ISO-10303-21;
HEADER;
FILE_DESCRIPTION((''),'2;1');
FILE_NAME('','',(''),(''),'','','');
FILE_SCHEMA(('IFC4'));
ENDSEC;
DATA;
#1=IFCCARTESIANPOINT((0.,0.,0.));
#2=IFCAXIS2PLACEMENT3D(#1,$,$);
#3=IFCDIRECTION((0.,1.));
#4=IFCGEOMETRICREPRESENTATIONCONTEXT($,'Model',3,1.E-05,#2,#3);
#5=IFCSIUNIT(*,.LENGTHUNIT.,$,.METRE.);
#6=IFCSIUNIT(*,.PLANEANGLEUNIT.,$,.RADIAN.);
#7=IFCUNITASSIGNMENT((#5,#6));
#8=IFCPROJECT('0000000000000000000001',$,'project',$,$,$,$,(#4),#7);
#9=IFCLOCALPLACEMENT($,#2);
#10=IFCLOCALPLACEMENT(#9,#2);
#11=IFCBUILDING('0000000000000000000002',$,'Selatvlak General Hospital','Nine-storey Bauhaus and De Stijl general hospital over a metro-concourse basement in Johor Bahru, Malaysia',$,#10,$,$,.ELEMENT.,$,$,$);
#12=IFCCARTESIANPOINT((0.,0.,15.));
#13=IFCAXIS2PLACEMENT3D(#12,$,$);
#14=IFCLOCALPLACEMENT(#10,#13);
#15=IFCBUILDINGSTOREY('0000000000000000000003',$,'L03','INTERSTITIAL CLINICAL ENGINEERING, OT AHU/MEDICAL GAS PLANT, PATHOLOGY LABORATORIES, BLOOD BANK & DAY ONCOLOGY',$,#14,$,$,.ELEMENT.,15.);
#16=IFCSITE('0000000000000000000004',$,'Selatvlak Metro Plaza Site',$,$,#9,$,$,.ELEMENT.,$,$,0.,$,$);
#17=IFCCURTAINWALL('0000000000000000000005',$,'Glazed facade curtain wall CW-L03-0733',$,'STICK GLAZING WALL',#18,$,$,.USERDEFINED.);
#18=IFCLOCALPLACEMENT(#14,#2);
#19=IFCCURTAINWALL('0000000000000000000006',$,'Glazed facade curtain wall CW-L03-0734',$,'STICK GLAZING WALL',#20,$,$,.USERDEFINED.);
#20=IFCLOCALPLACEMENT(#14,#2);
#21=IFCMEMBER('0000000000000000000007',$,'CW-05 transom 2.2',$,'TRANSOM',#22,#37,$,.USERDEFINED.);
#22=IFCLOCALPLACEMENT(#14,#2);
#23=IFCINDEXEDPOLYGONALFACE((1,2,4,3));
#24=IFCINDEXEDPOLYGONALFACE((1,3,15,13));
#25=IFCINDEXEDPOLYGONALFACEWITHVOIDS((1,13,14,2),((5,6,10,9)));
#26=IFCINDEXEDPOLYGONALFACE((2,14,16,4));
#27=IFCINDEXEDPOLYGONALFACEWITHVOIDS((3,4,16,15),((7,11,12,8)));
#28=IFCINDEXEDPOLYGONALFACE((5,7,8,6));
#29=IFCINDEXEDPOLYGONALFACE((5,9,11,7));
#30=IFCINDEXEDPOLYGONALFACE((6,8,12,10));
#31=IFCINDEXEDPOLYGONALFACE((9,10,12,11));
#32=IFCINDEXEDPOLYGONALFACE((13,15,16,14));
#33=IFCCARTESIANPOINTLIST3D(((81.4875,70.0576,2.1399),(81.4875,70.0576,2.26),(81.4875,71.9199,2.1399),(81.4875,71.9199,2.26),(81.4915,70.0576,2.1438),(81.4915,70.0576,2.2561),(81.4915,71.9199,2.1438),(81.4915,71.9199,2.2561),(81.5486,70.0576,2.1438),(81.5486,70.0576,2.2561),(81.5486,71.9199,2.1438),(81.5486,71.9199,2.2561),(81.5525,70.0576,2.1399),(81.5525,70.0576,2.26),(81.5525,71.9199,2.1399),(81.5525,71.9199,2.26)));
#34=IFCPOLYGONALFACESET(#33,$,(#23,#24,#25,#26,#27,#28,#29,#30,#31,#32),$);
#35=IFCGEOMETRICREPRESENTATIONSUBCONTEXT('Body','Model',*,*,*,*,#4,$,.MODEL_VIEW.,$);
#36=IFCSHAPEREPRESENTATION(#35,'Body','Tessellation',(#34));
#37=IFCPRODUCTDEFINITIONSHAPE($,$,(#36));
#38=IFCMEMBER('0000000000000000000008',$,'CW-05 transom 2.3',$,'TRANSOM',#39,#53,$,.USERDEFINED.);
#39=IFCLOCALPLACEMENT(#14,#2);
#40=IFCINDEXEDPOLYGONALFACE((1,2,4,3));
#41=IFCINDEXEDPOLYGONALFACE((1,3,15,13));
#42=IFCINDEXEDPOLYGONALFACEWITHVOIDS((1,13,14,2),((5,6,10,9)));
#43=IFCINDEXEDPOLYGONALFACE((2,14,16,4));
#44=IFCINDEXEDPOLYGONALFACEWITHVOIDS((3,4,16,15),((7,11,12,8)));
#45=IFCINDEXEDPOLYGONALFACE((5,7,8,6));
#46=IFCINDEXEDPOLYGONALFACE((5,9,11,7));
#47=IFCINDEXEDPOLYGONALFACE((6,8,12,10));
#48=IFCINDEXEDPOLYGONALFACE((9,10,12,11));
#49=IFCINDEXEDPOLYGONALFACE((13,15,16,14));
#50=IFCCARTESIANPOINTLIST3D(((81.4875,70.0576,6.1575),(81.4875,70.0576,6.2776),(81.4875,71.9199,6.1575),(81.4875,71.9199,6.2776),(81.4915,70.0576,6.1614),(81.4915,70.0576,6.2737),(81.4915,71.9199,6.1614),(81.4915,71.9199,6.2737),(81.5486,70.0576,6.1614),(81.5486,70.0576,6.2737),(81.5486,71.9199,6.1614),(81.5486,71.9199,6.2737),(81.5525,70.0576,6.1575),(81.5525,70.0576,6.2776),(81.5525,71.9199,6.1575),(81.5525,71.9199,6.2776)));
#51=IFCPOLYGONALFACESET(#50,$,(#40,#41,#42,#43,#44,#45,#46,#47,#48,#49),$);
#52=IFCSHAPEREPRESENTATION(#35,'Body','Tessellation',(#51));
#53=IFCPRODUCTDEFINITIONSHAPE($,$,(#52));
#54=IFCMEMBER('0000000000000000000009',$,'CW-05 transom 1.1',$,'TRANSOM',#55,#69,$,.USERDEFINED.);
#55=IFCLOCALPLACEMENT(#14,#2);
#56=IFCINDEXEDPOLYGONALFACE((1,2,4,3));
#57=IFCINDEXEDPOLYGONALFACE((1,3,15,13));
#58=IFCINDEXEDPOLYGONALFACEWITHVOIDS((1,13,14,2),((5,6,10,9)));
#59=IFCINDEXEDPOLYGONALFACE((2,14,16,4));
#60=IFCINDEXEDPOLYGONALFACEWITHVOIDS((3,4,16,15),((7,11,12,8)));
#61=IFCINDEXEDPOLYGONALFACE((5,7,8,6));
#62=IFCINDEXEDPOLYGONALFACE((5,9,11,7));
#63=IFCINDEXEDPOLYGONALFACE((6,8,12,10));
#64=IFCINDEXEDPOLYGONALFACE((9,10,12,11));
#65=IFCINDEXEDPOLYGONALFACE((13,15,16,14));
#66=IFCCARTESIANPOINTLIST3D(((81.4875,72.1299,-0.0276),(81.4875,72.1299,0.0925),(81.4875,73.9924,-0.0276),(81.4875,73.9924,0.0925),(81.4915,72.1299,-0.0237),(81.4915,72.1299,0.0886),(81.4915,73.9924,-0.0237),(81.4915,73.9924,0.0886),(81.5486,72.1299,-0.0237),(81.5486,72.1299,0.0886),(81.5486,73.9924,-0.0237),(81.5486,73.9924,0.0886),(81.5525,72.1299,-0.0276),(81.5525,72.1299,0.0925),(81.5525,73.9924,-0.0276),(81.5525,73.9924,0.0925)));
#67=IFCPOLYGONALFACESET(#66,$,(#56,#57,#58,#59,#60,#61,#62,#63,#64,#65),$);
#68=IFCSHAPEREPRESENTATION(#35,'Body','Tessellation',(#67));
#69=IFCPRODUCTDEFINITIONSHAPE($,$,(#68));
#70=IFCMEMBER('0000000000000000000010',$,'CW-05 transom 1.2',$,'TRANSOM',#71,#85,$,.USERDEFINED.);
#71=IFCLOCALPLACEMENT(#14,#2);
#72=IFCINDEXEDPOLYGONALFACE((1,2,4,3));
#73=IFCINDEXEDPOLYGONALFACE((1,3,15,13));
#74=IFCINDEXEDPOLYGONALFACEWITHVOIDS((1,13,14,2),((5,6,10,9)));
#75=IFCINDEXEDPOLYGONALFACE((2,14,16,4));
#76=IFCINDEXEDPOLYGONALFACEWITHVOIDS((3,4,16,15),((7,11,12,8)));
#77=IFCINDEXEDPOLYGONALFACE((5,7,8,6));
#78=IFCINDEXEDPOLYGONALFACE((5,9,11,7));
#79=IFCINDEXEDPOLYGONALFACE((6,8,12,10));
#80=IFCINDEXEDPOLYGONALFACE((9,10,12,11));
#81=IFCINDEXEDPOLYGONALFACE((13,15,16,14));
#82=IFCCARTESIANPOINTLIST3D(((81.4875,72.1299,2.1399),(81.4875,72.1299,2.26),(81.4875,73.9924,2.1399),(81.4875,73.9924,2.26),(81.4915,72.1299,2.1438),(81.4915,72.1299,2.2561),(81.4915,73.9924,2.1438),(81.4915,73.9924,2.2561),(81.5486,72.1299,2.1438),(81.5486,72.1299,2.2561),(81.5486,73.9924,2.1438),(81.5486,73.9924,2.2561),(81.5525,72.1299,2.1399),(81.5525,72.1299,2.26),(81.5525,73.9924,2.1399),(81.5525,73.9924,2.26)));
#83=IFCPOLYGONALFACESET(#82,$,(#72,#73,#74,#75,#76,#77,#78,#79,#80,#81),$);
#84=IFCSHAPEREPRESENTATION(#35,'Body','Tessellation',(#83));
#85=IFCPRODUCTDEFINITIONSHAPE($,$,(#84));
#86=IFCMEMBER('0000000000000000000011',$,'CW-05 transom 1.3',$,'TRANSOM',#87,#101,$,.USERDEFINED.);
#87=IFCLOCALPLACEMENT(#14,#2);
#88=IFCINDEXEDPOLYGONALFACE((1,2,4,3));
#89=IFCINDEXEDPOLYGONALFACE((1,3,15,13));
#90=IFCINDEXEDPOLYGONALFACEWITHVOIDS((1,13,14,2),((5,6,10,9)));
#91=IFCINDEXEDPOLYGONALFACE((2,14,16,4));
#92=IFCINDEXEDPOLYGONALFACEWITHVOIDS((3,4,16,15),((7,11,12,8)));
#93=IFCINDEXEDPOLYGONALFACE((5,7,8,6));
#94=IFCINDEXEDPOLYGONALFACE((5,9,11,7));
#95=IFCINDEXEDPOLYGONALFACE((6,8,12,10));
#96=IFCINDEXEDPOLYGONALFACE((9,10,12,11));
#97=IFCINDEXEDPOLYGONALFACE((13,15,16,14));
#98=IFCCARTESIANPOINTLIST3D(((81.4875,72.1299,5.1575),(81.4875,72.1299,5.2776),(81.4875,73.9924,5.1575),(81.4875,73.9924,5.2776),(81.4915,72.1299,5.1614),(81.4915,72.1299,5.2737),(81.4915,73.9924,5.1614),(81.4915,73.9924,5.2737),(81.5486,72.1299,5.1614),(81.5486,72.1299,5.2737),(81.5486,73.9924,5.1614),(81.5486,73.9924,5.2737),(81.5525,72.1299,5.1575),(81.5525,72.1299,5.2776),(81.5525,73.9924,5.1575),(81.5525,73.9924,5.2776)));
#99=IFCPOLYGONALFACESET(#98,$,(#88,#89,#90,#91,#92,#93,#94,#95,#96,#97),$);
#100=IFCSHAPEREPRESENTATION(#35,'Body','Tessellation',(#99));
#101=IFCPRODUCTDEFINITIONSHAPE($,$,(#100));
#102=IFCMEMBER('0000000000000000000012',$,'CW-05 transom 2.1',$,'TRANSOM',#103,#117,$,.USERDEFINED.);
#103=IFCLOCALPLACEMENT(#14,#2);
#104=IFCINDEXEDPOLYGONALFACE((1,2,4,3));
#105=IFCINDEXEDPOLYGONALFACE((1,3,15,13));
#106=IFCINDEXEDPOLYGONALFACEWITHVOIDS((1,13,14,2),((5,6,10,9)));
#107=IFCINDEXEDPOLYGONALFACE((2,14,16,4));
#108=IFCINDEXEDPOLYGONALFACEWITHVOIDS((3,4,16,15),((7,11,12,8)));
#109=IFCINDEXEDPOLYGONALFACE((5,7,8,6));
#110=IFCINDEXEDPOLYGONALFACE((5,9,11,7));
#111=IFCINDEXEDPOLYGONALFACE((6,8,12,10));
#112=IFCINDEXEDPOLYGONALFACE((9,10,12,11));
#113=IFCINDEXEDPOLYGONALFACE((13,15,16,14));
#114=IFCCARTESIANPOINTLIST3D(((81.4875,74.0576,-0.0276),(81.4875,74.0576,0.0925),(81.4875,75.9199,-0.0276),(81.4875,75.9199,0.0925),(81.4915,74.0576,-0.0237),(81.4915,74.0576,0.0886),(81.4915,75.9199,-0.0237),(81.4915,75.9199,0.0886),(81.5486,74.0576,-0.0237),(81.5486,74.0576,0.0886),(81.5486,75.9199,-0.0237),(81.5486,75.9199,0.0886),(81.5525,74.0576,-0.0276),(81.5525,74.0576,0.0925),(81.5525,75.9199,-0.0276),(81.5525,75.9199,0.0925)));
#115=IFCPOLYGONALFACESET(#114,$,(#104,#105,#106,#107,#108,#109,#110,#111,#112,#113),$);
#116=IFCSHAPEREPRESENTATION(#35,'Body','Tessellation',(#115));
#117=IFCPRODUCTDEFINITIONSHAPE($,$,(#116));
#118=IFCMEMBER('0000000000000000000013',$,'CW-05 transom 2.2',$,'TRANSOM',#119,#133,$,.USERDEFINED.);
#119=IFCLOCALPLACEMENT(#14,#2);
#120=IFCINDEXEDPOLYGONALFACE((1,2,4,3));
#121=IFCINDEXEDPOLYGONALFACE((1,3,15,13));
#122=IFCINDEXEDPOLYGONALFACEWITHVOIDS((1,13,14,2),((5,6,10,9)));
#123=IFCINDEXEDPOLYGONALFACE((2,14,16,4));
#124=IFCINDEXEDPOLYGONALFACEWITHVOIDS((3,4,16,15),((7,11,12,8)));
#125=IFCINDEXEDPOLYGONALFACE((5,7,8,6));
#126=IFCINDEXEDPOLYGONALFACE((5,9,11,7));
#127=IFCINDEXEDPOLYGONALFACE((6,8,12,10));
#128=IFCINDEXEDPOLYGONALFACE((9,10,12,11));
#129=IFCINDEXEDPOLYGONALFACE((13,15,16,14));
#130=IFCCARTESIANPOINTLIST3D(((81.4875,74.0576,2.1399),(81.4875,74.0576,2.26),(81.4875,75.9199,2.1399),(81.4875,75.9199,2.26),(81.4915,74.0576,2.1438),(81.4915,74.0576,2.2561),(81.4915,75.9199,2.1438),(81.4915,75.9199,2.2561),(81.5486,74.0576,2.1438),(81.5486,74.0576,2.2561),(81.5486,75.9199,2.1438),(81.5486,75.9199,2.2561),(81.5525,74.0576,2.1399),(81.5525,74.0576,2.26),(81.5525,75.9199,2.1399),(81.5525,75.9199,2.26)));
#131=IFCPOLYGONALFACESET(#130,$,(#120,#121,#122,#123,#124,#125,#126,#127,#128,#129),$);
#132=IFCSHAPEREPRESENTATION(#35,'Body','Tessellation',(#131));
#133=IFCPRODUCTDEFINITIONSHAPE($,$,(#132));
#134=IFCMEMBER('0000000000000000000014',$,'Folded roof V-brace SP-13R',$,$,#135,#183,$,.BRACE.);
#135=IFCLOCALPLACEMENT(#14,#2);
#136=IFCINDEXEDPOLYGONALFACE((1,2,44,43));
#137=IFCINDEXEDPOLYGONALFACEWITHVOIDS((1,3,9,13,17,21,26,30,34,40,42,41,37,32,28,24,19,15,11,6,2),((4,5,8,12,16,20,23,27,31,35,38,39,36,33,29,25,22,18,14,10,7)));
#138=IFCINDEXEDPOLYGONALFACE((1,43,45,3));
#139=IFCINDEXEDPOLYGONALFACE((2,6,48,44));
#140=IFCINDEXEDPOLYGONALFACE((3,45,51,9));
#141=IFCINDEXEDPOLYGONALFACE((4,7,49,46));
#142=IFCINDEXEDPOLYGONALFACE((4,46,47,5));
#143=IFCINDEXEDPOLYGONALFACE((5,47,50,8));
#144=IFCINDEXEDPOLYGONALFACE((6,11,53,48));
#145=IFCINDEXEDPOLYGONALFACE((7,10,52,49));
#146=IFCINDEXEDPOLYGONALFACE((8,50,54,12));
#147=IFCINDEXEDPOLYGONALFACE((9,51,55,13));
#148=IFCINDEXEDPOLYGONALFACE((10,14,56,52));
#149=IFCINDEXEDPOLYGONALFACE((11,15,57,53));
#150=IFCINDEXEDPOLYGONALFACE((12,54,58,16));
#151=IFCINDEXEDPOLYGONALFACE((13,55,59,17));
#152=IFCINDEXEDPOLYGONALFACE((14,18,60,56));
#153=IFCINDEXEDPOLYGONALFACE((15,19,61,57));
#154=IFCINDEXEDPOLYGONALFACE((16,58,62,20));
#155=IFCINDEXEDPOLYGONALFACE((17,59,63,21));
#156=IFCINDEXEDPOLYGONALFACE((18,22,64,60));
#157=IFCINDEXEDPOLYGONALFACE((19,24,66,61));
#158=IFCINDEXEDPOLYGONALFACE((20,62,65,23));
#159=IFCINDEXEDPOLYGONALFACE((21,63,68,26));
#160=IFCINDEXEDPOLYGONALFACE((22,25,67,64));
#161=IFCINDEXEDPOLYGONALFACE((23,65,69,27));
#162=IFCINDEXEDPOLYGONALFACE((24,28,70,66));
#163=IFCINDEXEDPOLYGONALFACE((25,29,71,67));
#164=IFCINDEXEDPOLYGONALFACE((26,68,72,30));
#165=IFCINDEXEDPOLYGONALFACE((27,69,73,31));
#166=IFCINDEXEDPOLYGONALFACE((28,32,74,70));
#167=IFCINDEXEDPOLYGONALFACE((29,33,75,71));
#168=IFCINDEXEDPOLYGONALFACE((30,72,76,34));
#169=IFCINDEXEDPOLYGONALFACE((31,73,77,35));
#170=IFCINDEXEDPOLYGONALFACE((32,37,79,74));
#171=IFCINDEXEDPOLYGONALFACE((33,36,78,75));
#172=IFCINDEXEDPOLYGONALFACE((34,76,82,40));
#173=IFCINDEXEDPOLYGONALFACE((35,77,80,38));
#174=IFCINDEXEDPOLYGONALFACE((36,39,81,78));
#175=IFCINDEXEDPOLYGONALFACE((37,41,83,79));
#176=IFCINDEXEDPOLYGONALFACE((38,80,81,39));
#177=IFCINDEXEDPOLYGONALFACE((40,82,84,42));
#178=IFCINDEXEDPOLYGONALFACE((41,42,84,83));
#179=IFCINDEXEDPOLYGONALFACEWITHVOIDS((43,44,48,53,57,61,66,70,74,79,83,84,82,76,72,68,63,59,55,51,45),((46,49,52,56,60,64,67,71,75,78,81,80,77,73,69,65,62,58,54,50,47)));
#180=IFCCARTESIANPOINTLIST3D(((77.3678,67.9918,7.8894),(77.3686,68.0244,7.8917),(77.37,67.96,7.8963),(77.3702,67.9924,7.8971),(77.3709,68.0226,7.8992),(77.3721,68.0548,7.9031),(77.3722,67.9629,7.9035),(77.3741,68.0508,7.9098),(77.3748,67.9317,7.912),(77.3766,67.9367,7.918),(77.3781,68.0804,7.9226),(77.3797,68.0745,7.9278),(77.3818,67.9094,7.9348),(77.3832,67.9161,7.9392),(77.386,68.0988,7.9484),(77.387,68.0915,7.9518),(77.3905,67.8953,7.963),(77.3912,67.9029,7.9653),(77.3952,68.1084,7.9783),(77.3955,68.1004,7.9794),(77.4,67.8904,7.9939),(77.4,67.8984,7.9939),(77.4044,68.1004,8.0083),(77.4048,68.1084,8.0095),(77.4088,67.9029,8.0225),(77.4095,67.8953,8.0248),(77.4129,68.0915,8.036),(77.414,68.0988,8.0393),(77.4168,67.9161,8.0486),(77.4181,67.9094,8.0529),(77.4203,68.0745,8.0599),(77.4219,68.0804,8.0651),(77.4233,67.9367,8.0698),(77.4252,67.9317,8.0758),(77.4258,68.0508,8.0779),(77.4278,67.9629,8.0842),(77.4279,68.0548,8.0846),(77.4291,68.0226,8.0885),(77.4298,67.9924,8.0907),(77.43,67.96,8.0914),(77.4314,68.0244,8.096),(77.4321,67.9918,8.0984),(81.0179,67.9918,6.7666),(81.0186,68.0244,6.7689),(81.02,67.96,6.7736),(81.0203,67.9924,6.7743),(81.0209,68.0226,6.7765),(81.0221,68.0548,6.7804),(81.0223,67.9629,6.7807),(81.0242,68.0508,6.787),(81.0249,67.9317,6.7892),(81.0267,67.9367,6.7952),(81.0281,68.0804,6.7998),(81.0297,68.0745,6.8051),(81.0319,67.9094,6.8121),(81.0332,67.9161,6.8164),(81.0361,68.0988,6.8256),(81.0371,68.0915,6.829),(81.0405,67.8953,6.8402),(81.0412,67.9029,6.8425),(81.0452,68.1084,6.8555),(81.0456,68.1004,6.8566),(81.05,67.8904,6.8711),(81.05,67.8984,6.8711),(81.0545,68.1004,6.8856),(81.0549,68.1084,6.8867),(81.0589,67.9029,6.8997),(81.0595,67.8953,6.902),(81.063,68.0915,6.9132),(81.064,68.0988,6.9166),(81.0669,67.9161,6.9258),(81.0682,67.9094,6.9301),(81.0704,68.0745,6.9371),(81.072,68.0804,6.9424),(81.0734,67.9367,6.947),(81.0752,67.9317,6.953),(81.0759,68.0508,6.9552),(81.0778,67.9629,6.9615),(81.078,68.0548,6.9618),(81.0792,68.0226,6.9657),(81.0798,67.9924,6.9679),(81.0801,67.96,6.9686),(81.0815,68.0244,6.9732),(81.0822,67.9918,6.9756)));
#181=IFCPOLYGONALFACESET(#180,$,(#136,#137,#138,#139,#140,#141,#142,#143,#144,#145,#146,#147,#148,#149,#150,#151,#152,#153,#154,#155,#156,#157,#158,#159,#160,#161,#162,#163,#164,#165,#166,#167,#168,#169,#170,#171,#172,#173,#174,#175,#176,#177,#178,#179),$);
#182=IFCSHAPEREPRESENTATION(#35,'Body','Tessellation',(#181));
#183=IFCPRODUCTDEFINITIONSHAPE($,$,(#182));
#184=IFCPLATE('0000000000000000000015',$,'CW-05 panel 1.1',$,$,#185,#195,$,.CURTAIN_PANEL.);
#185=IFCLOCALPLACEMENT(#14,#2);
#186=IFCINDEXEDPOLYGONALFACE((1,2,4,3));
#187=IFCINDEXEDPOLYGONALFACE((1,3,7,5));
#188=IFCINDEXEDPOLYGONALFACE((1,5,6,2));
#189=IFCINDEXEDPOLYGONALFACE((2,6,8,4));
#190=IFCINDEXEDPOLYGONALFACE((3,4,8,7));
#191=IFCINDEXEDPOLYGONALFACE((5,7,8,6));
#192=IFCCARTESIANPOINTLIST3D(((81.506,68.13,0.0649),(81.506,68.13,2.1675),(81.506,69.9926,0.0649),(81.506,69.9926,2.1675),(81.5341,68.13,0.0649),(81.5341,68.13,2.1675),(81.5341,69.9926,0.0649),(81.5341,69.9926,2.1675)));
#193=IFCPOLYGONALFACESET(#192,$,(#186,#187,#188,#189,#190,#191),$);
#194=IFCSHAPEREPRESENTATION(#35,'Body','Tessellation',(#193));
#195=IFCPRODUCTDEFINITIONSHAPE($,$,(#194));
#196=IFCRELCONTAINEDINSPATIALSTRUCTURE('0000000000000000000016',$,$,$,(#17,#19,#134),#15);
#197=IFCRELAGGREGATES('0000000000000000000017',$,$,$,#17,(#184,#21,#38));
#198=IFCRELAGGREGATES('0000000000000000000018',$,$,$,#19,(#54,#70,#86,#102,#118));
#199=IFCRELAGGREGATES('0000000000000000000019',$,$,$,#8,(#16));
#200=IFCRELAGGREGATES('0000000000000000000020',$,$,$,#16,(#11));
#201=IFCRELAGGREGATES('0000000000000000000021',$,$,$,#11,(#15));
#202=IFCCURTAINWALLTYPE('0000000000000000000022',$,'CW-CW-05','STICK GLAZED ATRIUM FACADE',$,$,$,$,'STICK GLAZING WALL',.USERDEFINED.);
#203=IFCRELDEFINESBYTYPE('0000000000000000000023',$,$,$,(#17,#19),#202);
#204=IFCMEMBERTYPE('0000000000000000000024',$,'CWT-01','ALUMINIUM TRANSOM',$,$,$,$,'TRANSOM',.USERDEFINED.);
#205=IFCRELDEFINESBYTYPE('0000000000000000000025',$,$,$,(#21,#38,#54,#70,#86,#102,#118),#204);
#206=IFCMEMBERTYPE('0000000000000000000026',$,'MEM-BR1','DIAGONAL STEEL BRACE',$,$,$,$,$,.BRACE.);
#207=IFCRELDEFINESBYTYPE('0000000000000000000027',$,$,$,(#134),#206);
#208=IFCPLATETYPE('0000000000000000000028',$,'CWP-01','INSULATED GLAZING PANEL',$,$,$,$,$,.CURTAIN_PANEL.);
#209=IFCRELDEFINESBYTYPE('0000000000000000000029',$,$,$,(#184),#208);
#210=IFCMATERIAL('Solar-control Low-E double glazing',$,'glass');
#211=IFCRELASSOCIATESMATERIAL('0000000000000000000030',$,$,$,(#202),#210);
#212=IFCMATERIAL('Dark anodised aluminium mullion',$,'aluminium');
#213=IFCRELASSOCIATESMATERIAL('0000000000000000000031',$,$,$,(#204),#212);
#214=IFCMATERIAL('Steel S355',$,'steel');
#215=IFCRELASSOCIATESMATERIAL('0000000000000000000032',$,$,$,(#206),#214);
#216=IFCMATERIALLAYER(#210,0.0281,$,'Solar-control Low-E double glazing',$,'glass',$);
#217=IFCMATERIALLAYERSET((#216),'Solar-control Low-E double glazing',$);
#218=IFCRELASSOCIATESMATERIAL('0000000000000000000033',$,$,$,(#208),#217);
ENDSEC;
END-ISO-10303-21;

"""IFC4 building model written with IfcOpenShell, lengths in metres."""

from ifc_helpers import new_model, si_unit, direction, frame, origin, origin_2d, place, context, subcontext, project, spatial, rectangle, hollow_rectangle, hollow_circle, extrude, material, layer, layer_set, material_profile, profile_set, type_object, element, aggregate, save


model = new_model("IFC4")

# Units and contexts
model_context = context("Model", 3, precision=1e-05, world=origin(), true_north=direction((0.0, 1.0)))
body_context = subcontext(model_context, "Body", "Model", "MODEL_VIEW")
ifc_project = project(units=[si_unit("LENGTHUNIT", "METRE"), si_unit("PLANEANGLEUNIT", "RADIAN")], contexts=[model_context])

# Site, building, storey
site_placement = place(None, origin())
site = spatial("IfcSite", under=ifc_project, at=site_placement, Name="Selatvlak Metro Plaza Site", CompositionType="ELEMENT", RefElevation=0.0)
building_placement = place(site_placement, origin())
building = spatial("IfcBuilding", under=site, at=building_placement, Name="Selatvlak General Hospital", Description="Nine-storey Bauhaus and De Stijl general hospital over a metro-concourse basement in Johor Bahru, Malaysia", CompositionType="ELEMENT")
storey_placement = place(building_placement, frame((0.0, 0.0, 15.0)))
storey = spatial("IfcBuildingStorey", under=building, at=storey_placement, Name="L03", Description="INTERSTITIAL CLINICAL ENGINEERING, OT AHU/MEDICAL GAS PLANT, PATHOLOGY LABORATORIES, BLOOD BANK & DAY ONCOLOGY", CompositionType="ELEMENT", Elevation=15.0)

# Shared definitions
ifc_material_1 = material(Name="Steel S355", Category="steel")

# Curtain walls
ifc_material_2 = material(Name="Solar-control Low-E double glazing", Category="glass")
curtain_wall_type = type_object("IfcCurtainWallType", Name="CW-CW-05", Description="STICK GLAZED ATRIUM FACADE", ElementType="STICK GLAZING WALL", PredefinedType="USERDEFINED", material=ifc_material_2)
curtain_wall_1_placement = place(storey_placement, origin())
curtain_wall_1 = element("IfcCurtainWall", 1, at=curtain_wall_1_placement, inside=storey, type_object=curtain_wall_type, Name="Glazed facade curtain wall CW-L03-0733", ObjectType="STICK GLAZING WALL", PredefinedType="USERDEFINED")
ifc_material_3 = material(Name="Dark anodised aluminium mullion", Category="aluminium")
curtain_wall_2_placement = place(storey_placement, origin())
curtain_wall_2 = element("IfcCurtainWall", 2, at=curtain_wall_2_placement, inside=storey, type_object=curtain_wall_type, Name="Glazed facade curtain wall CW-L03-0734", ObjectType="STICK GLAZING WALL", PredefinedType="USERDEFINED")

# Members
ifc_material_profile_1 = material_profile(ifc_material_3, hollow_rectangle(XDim=0.0649, YDim=0.1201, WallThickness=0.0039, at=origin_2d()), Name="AL-TRN 65x120x4")
ifc_profile_set_1 = profile_set([ifc_material_profile_1], Name="Dark anodised aluminium mullion")
member_type_1 = type_object("IfcMemberType", Name="CWT-01", Description="ALUMINIUM TRANSOM", ElementType="TRANSOM", PredefinedType="USERDEFINED", material=ifc_profile_set_1)
member_1_placement = place(storey_placement, frame((81.52, 70.0576, 2.2), z_axis=(0.0, 1.0, 0.0), x_axis=(-1.0, 0.0, 0.0)))
member_1 = element("IfcMember", 3, at=member_1_placement, type_object=member_type_1, Name="CW-05 transom 2.2", ObjectType="TRANSOM", PredefinedType="USERDEFINED", context=body_context, shape_type="SweptSolid", body=[
    extrude(hollow_rectangle(XDim=0.0649, YDim=0.1201, WallThickness=0.0039, at=origin_2d()), origin(), (0.0, 0.0, 1.0), 1.8623),
])
member_2_placement = place(storey_placement, frame((81.52, 70.0576, 6.2175), z_axis=(0.0, 1.0, 0.0), x_axis=(-1.0, 0.0, 0.0)))
member_2 = element("IfcMember", 4, at=member_2_placement, type_object=member_type_1, Name="CW-05 transom 2.3", ObjectType="TRANSOM", PredefinedType="USERDEFINED", context=body_context, shape_type="SweptSolid", body=[
    extrude(hollow_rectangle(XDim=0.0649, YDim=0.1201, WallThickness=0.0039, at=origin_2d()), origin(), (0.0, 0.0, 1.0), 1.8623),
])
member_3_placement = place(storey_placement, frame((81.52, 72.1299, 0.0325), z_axis=(0.0, 1.0, 0.0), x_axis=(-1.0, 0.0, 0.0)))
member_3 = element("IfcMember", 5, at=member_3_placement, type_object=member_type_1, Name="CW-05 transom 1.1", ObjectType="TRANSOM", PredefinedType="USERDEFINED", context=body_context, shape_type="SweptSolid", body=[
    extrude(hollow_rectangle(XDim=0.0649, YDim=0.1201, WallThickness=0.0039, at=origin_2d()), origin(), (0.0, 0.0, 1.0), 1.8625),
])
member_4_placement = place(storey_placement, frame((81.52, 72.1299, 2.2), z_axis=(0.0, 1.0, 0.0), x_axis=(-1.0, 0.0, 0.0)))
member_4 = element("IfcMember", 6, at=member_4_placement, type_object=member_type_1, Name="CW-05 transom 1.2", ObjectType="TRANSOM", PredefinedType="USERDEFINED", context=body_context, shape_type="SweptSolid", body=[
    extrude(hollow_rectangle(XDim=0.0649, YDim=0.1201, WallThickness=0.0039, at=origin_2d()), origin(), (0.0, 0.0, 1.0), 1.8625),
])
member_5_placement = place(storey_placement, frame((81.52, 72.1299, 5.2175), z_axis=(0.0, 1.0, 0.0), x_axis=(-1.0, 0.0, 0.0)))
member_5 = element("IfcMember", 7, at=member_5_placement, type_object=member_type_1, Name="CW-05 transom 1.3", ObjectType="TRANSOM", PredefinedType="USERDEFINED", context=body_context, shape_type="SweptSolid", body=[
    extrude(hollow_rectangle(XDim=0.0649, YDim=0.1201, WallThickness=0.0039, at=origin_2d()), origin(), (0.0, 0.0, 1.0), 1.8625),
])
member_6_placement = place(storey_placement, frame((81.52, 74.0576, 0.0325), z_axis=(0.0, 1.0, 0.0), x_axis=(-1.0, 0.0, 0.0)))
member_6 = element("IfcMember", 8, at=member_6_placement, type_object=member_type_1, Name="CW-05 transom 2.1", ObjectType="TRANSOM", PredefinedType="USERDEFINED", context=body_context, shape_type="SweptSolid", body=[
    extrude(hollow_rectangle(XDim=0.0649, YDim=0.1201, WallThickness=0.0039, at=origin_2d()), origin(), (0.0, 0.0, 1.0), 1.8623),
])
member_7_placement = place(storey_placement, frame((81.52, 74.0576, 2.2), z_axis=(0.0, 1.0, 0.0), x_axis=(-1.0, 0.0, 0.0)))
member_7 = element("IfcMember", 9, at=member_7_placement, type_object=member_type_1, Name="CW-05 transom 2.2", ObjectType="TRANSOM", PredefinedType="USERDEFINED", context=body_context, shape_type="SweptSolid", body=[
    extrude(hollow_rectangle(XDim=0.0649, YDim=0.1201, WallThickness=0.0039, at=origin_2d()), origin(), (0.0, 0.0, 1.0), 1.8623),
])
ifc_material_profile_2 = material_profile(ifc_material_1, hollow_circle(Radius=0.1096, WallThickness=0.0081, at=origin_2d()), Name="CHS 219.1x8")
ifc_profile_set_2 = profile_set([ifc_material_profile_2], Name="Steel S355")
member_type_2 = type_object("IfcMemberType", Name="MEM-BR1", Description="DIAGONAL STEEL BRACE", PredefinedType="BRACE", material=ifc_profile_set_2)
member_8_placement = place(storey_placement, frame((81.05, 68.0, 6.8711), z_axis=(-0.955803, 0.0, 0.294009), x_axis=(0.0, -1.0, 0.0)))
element("IfcMember", 10, at=member_8_placement, inside=storey, type_object=member_type_2, Name="Folded roof V-brace SP-13R", PredefinedType="BRACE", context=body_context, shape_type="SweptSolid", body=[
    extrude(hollow_circle(Radius=0.1096, WallThickness=0.0081, at=origin_2d()), origin(), (0.0, 0.0, 1.0), 3.8188),
])

# Plate
ifc_layer_1 = layer(ifc_material_2, 0.0281, Name="Solar-control Low-E double glazing", Category="glass")
ifc_layer_set_1 = layer_set([ifc_layer_1], Name="Solar-control Low-E double glazing")
plate_type_1 = type_object("IfcPlateType", Name="CWP-01", Description="INSULATED GLAZING PANEL", PredefinedType="CURTAIN_PANEL", material=ifc_layer_set_1)
plate_1_placement = place(storey_placement, frame((81.52, 69.0613, 0.0649), z_axis=(0.0, 0.0, 1.0), x_axis=(0.0, 1.0, 0.0)))
plate_1 = element("IfcPlate", 11, at=plate_1_placement, type_object=plate_type_1, Name="CW-05 panel 1.1", PredefinedType="CURTAIN_PANEL", context=body_context, shape_type="SweptSolid", body=[
    extrude(rectangle(XDim=1.8625, YDim=0.0281, at=origin_2d()), origin(), (0.0, 0.0, 1.0), 2.1025),
])
aggregate(curtain_wall_1, [plate_1, member_1, member_2])
aggregate(curtain_wall_2, [member_3, member_4, member_5, member_6, member_7])

save(model, "model.ifc")
